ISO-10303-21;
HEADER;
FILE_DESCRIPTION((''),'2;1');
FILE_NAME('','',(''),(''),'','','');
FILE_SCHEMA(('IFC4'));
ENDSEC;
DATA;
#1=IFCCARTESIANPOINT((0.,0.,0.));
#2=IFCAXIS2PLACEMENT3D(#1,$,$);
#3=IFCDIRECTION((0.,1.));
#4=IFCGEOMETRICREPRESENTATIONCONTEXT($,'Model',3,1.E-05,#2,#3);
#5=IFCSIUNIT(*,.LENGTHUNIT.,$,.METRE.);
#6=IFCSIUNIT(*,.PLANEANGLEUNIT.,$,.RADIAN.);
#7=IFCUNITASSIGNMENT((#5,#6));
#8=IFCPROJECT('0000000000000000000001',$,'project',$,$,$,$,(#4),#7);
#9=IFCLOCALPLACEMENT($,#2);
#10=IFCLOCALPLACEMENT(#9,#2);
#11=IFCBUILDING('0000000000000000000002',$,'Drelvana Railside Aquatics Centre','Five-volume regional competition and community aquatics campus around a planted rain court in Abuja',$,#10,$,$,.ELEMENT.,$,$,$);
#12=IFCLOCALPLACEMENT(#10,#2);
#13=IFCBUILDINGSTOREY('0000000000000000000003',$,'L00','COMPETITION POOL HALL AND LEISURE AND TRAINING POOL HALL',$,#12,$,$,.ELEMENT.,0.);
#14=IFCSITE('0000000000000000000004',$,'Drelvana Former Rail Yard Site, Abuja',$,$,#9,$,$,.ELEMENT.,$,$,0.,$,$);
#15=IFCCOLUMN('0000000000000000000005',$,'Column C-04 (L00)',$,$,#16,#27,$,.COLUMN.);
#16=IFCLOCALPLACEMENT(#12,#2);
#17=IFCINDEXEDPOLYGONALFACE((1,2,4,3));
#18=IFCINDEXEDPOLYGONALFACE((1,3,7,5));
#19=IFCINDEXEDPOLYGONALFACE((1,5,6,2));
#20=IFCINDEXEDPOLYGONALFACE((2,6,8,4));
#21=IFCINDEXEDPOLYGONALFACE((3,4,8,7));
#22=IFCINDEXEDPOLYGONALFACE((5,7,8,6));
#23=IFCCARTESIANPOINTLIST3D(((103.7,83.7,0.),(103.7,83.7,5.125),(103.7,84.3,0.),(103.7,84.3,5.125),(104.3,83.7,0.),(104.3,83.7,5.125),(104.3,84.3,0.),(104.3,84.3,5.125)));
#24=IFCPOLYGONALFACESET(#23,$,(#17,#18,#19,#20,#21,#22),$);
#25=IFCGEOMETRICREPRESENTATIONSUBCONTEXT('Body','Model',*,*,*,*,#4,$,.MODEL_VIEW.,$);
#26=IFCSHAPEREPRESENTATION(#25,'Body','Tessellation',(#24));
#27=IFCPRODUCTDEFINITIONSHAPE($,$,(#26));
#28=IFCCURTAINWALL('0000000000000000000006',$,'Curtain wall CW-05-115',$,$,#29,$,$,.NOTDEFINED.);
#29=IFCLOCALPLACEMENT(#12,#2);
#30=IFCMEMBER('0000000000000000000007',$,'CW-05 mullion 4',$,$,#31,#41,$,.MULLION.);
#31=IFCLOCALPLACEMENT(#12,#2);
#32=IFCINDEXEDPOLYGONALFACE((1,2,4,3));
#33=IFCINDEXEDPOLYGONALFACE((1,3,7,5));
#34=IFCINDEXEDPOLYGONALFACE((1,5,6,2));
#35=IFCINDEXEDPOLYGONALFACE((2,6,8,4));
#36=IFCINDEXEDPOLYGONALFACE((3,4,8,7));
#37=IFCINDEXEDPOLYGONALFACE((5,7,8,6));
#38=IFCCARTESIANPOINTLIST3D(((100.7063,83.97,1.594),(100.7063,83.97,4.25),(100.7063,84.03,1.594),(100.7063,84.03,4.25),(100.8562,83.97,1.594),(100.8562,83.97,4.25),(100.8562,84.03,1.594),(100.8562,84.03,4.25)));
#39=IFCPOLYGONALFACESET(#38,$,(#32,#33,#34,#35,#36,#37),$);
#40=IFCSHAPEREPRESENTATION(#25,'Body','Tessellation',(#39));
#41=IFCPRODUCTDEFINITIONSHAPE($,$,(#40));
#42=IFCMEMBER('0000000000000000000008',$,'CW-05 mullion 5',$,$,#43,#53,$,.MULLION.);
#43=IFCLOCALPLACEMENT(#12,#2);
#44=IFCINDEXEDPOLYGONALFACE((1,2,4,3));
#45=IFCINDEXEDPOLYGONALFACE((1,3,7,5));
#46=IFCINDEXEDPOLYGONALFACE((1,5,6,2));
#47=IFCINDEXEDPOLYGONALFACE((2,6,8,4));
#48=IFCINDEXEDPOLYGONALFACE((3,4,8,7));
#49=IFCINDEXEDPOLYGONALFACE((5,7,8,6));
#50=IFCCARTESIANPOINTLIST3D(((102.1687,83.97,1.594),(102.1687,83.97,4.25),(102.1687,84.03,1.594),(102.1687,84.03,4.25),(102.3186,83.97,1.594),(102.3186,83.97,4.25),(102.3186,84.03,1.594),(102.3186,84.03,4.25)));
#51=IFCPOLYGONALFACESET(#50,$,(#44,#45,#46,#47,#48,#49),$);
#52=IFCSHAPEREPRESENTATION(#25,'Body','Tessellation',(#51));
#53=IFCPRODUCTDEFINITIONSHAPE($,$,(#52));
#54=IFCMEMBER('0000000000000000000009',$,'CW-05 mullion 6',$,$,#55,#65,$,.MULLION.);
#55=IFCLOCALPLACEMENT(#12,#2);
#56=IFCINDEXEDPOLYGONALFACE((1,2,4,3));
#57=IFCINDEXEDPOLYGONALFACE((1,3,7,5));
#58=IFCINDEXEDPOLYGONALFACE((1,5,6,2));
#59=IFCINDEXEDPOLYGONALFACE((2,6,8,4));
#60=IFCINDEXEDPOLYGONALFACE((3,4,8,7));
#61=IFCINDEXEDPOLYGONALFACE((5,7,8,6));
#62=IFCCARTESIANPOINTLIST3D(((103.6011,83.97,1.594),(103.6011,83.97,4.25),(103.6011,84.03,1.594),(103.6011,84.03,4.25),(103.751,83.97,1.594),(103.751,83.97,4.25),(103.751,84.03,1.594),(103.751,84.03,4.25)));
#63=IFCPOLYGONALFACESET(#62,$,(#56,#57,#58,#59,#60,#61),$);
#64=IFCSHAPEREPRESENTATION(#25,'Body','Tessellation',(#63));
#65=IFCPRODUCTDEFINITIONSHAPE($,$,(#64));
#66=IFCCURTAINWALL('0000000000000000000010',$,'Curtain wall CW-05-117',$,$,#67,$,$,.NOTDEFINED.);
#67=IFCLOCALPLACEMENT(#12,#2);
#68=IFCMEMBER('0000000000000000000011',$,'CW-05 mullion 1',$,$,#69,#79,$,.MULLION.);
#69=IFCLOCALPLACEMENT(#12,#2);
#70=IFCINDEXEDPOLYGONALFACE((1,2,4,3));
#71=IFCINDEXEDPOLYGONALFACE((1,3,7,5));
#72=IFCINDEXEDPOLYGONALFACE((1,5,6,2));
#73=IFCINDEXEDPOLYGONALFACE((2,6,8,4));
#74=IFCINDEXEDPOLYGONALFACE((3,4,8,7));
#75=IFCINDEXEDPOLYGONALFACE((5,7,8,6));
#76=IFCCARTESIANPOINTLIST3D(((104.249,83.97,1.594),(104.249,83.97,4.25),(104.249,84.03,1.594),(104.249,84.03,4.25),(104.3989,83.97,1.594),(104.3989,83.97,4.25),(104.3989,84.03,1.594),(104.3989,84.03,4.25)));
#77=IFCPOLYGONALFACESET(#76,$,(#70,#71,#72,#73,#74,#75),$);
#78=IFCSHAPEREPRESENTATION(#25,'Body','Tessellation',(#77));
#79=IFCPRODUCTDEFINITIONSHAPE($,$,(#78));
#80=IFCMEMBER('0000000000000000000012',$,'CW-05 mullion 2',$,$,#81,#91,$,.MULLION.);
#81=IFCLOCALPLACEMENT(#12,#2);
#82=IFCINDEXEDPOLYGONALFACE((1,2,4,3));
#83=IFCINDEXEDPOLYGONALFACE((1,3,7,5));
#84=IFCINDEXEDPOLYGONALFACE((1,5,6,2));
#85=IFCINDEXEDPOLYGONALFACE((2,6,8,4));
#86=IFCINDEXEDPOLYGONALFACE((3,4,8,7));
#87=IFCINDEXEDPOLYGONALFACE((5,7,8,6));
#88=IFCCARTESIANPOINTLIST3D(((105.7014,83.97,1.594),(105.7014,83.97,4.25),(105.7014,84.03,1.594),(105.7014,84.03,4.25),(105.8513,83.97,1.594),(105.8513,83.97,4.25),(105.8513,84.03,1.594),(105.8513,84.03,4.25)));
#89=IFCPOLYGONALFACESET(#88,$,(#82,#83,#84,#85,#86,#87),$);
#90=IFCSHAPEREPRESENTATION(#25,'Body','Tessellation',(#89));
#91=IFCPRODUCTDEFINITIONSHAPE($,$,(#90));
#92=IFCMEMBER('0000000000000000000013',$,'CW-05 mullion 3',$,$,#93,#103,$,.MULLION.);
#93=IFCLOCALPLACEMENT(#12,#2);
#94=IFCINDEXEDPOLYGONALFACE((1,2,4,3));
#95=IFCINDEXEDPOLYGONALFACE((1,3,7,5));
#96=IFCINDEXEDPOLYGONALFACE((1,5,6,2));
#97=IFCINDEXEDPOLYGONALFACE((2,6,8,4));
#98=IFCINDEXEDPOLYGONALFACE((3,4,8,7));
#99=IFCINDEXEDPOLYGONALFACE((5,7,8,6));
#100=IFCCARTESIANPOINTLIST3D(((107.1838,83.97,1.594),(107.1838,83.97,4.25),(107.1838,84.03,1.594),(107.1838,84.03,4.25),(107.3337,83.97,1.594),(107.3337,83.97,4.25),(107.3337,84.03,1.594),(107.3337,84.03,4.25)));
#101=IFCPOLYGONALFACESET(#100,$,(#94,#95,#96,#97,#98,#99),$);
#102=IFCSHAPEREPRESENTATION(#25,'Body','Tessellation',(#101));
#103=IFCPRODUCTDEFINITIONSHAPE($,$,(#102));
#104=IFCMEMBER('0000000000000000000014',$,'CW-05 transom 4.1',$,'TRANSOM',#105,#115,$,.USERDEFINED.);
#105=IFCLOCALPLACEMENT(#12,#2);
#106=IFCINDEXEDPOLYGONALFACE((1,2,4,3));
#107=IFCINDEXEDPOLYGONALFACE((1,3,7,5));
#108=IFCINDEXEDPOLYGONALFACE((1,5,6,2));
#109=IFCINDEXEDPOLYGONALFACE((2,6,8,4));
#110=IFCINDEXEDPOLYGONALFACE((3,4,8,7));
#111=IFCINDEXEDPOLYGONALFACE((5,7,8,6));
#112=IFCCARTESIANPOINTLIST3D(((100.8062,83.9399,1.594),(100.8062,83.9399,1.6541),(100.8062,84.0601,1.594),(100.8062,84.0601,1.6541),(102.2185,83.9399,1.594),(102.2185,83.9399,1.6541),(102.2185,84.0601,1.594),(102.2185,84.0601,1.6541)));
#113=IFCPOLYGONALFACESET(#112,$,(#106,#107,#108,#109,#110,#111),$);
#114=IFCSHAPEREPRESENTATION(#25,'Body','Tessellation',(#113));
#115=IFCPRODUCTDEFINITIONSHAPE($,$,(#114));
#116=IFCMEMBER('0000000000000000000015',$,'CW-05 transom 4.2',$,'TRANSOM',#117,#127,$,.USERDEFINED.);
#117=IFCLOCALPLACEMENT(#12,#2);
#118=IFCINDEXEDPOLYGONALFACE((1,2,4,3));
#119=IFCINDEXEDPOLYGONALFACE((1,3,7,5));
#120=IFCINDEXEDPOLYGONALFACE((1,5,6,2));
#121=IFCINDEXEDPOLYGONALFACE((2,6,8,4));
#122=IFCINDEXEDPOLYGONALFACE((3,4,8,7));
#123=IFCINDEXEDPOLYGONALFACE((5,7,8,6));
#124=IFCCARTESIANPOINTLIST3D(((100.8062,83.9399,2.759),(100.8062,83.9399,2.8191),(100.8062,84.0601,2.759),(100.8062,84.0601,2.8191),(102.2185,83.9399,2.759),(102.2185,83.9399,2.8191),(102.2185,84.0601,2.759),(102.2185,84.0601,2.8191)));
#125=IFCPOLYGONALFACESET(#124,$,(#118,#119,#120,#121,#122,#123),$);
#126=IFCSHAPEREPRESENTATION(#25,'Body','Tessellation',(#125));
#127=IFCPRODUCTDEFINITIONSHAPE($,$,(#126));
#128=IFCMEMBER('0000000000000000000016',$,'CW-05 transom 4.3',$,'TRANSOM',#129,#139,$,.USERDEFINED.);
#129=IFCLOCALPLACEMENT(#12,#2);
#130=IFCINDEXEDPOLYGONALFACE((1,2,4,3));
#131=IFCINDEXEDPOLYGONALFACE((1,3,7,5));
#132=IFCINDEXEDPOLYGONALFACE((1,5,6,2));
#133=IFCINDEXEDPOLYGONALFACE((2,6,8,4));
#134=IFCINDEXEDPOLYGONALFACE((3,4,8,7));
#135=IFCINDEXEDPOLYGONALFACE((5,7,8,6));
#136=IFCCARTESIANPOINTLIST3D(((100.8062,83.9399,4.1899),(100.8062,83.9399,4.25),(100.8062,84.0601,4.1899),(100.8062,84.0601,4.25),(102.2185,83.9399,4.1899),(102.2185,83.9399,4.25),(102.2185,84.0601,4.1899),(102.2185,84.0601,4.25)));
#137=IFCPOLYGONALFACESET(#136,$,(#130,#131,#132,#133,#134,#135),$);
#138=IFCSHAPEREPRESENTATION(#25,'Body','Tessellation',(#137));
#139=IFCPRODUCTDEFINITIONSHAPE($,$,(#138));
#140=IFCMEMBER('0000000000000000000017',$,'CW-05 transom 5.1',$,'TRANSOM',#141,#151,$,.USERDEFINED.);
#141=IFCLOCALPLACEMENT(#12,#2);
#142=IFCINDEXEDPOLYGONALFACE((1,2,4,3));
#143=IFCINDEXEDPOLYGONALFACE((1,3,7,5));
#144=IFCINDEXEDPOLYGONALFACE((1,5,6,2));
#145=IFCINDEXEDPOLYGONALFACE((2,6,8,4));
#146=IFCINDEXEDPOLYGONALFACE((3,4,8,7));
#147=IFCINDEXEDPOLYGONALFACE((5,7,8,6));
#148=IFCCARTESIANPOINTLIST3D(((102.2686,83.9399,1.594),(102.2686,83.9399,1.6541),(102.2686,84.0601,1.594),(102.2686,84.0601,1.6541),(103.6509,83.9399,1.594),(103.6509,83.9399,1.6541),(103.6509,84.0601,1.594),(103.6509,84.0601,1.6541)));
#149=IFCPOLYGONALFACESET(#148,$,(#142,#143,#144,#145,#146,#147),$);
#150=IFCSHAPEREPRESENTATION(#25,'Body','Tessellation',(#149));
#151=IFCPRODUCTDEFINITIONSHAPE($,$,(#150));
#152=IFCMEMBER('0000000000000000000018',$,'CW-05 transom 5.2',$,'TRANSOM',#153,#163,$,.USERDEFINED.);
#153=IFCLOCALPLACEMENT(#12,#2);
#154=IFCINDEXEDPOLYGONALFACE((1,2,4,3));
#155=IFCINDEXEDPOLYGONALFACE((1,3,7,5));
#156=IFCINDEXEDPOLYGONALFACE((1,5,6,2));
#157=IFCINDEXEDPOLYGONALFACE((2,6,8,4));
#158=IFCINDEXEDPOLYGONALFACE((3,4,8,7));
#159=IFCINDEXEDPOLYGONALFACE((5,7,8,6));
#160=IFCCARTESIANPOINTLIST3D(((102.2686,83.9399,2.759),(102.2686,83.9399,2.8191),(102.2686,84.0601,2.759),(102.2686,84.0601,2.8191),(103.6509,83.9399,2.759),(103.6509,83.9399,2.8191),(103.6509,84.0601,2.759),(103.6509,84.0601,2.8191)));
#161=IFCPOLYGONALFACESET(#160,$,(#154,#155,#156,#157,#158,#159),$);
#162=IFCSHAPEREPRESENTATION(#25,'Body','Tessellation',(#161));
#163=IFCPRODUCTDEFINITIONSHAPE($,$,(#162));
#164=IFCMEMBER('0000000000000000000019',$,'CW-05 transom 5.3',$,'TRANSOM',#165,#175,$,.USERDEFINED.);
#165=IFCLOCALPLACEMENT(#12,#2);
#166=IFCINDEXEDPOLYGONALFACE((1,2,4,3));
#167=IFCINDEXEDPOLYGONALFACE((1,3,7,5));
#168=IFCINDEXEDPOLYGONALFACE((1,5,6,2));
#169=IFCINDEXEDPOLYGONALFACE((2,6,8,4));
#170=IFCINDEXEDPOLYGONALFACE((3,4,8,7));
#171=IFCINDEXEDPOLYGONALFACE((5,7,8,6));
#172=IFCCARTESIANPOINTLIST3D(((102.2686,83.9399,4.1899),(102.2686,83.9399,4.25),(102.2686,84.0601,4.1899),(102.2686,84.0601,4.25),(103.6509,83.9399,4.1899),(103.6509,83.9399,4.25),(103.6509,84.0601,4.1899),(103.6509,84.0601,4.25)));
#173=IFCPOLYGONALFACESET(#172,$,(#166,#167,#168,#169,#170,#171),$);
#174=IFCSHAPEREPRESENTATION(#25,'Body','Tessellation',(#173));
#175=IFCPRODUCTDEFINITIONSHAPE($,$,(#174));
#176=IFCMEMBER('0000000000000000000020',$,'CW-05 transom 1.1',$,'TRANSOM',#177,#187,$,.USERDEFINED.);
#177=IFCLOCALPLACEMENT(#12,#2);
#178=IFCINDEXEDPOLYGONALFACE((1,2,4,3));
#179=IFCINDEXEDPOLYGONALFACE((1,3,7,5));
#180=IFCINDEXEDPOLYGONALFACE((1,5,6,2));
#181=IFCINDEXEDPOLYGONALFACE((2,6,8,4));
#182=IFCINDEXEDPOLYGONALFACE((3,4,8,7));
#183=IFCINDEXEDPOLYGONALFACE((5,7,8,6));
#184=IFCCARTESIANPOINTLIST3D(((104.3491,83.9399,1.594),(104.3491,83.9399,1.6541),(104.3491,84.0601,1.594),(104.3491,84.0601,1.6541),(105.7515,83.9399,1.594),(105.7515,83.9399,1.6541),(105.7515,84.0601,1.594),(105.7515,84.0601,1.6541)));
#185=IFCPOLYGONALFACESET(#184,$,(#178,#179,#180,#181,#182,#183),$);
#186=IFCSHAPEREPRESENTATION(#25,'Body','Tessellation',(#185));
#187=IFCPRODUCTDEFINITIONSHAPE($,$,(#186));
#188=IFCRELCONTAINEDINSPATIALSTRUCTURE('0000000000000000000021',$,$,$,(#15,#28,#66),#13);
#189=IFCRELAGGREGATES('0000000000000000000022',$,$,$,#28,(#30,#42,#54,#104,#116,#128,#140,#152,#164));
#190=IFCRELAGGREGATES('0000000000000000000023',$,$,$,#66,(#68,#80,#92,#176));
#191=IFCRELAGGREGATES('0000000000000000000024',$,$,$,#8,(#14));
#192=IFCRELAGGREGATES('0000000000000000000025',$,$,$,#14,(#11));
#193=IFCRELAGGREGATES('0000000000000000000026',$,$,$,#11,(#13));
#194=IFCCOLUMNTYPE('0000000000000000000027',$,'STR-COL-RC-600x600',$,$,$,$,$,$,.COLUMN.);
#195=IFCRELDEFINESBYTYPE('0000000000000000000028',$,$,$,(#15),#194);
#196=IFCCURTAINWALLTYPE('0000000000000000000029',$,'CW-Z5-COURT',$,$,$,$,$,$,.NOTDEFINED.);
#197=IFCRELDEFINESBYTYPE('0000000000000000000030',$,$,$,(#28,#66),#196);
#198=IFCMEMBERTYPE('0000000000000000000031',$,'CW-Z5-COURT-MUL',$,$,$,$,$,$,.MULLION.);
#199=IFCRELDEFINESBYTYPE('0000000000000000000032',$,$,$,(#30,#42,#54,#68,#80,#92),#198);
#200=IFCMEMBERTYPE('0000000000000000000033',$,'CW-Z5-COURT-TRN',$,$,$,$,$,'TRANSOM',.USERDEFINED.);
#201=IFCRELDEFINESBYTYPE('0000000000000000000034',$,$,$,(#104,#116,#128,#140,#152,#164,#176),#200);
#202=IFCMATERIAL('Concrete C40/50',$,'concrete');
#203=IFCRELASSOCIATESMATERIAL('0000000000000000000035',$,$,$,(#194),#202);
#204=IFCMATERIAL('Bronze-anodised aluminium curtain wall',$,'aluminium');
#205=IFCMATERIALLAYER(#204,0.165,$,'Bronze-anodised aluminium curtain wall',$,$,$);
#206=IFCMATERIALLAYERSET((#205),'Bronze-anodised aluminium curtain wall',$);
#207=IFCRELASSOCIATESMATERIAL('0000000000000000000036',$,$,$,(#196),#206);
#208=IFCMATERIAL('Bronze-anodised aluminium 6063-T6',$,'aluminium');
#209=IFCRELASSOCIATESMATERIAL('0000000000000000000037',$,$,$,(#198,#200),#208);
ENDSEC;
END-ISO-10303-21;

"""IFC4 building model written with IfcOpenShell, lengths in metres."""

from ifc_helpers import new_model, si_unit, direction, frame, origin, origin_2d, place, context, subcontext, project, spatial, rectangle, extrude, material, layer, layer_set, material_profile, profile_set, type_object, element, aggregate, save


model = new_model("IFC4")

# Units and contexts
model_context = context("Model", 3, precision=1e-05, world=origin(), true_north=direction((0.0, 1.0)))
body_context = subcontext(model_context, "Body", "Model", "MODEL_VIEW")
ifc_project = project(units=[si_unit("LENGTHUNIT", "METRE"), si_unit("PLANEANGLEUNIT", "RADIAN")], contexts=[model_context])

# Site, building, storey
site_placement = place(None, origin())
site = spatial("IfcSite", under=ifc_project, at=site_placement, Name="Drelvana Former Rail Yard Site, Abuja", CompositionType="ELEMENT", RefElevation=0.0)
building_placement = place(site_placement, origin())
building = spatial("IfcBuilding", under=site, at=building_placement, Name="Drelvana Railside Aquatics Centre", Description="Five-volume regional competition and community aquatics campus around a planted rain court in Abuja", CompositionType="ELEMENT")
storey_placement = place(building_placement, origin())
storey = spatial("IfcBuildingStorey", under=building, at=storey_placement, Name="L00", Description="COMPETITION POOL HALL AND LEISURE AND TRAINING POOL HALL", CompositionType="ELEMENT", Elevation=0.0)

# Column
ifc_material_1 = material(Name="Concrete C40/50", Category="concrete")
ifc_material_profile_1 = material_profile(ifc_material_1, rectangle(XDim=0.6001, YDim=0.6001, at=origin_2d()), Name="RC 600x600")
ifc_profile_set_1 = profile_set([ifc_material_profile_1], Name="Concrete C40/50")
column_type = type_object("IfcColumnType", Name="STR-COL-RC-600x600", PredefinedType="COLUMN", material=ifc_profile_set_1)
column_placement = place(storey_placement, frame((104.0, 84.0, 0.0), z_axis=(0.0, 0.0, 1.0), x_axis=(1.0, 0.0, 0.0)))
element("IfcColumn", 1, at=column_placement, inside=storey, type_object=column_type, Name="Column C-04 (L00)", PredefinedType="COLUMN", context=body_context, shape_type="SweptSolid", body=[
    extrude(rectangle(XDim=0.6001, YDim=0.6001, at=origin_2d()), origin(), (0.0, 0.0, 1.0), 5.125),
])

# Curtain walls, members
ifc_material_2 = material(Name="Bronze-anodised aluminium curtain wall", Category="aluminium")
ifc_layer_1 = layer(ifc_material_2, 0.165, Name="Bronze-anodised aluminium curtain wall")
ifc_layer_set_1 = layer_set([ifc_layer_1], Name="Bronze-anodised aluminium curtain wall")
curtain_wall_type = type_object("IfcCurtainWallType", Name="CW-Z5-COURT", PredefinedType="NOTDEFINED", material=ifc_layer_set_1)
curtain_wall_1_placement = place(storey_placement, origin())
curtain_wall_1 = element("IfcCurtainWall", 2, at=curtain_wall_1_placement, inside=storey, type_object=curtain_wall_type, Name="Curtain wall CW-05-115", PredefinedType="NOTDEFINED")
ifc_material_3 = material(Name="Bronze-anodised aluminium 6063-T6", Category="aluminium")
ifc_material_profile_2 = material_profile(ifc_material_3, rectangle(XDim=0.0601, YDim=0.1499, at=origin_2d()), Name="ALU-M 60x150")
ifc_profile_set_2 = profile_set([ifc_material_profile_2], Name="Bronze-anodised aluminium 6063-T6")
member_type_1 = type_object("IfcMemberType", Name="CW-Z5-COURT-MUL", PredefinedType="MULLION", material=ifc_profile_set_2)
member_1_placement = place(storey_placement, frame((100.7812, 84.0, 1.594), z_axis=(0.0, 0.0, 1.0), x_axis=(0.0, 1.0, 0.0)))
member_1 = element("IfcMember", 3, at=member_1_placement, type_object=member_type_1, Name="CW-05 mullion 4", PredefinedType="MULLION", context=body_context, shape_type="SweptSolid", body=[
    extrude(rectangle(XDim=0.0601, YDim=0.1499, at=origin_2d()), origin(), (0.0, 0.0, 1.0), 2.656),
])
member_2_placement = place(storey_placement, frame((102.2437, 84.0, 1.594), z_axis=(0.0, 0.0, 1.0), x_axis=(0.0, 1.0, 0.0)))
member_2 = element("IfcMember", 4, at=member_2_placement, type_object=member_type_1, Name="CW-05 mullion 5", PredefinedType="MULLION", context=body_context, shape_type="SweptSolid", body=[
    extrude(rectangle(XDim=0.0601, YDim=0.1499, at=origin_2d()), origin(), (0.0, 0.0, 1.0), 2.656),
])
member_3_placement = place(storey_placement, frame((103.676, 84.0, 1.594), z_axis=(0.0, 0.0, 1.0), x_axis=(0.0, 1.0, 0.0)))
member_3 = element("IfcMember", 5, at=member_3_placement, type_object=member_type_1, Name="CW-05 mullion 6", PredefinedType="MULLION", context=body_context, shape_type="SweptSolid", body=[
    extrude(rectangle(XDim=0.0601, YDim=0.1499, at=origin_2d()), origin(), (0.0, 0.0, 1.0), 2.656),
])
curtain_wall_2_placement = place(storey_placement, origin())
curtain_wall_2 = element("IfcCurtainWall", 6, at=curtain_wall_2_placement, inside=storey, type_object=curtain_wall_type, Name="Curtain wall CW-05-117", PredefinedType="NOTDEFINED")
member_4_placement = place(storey_placement, frame((104.324, 84.0, 1.594), z_axis=(0.0, 0.0, 1.0), x_axis=(0.0, 1.0, 0.0)))
member_4 = element("IfcMember", 7, at=member_4_placement, type_object=member_type_1, Name="CW-05 mullion 1", PredefinedType="MULLION", context=body_context, shape_type="SweptSolid", body=[
    extrude(rectangle(XDim=0.0601, YDim=0.1499, at=origin_2d()), origin(), (0.0, 0.0, 1.0), 2.656),
])
member_5_placement = place(storey_placement, frame((105.7764, 84.0, 1.594), z_axis=(0.0, 0.0, 1.0), x_axis=(0.0, 1.0, 0.0)))
member_5 = element("IfcMember", 8, at=member_5_placement, type_object=member_type_1, Name="CW-05 mullion 2", PredefinedType="MULLION", context=body_context, shape_type="SweptSolid", body=[
    extrude(rectangle(XDim=0.0601, YDim=0.1499, at=origin_2d()), origin(), (0.0, 0.0, 1.0), 2.656),
])
member_6_placement = place(storey_placement, frame((107.2588, 84.0, 1.594), z_axis=(0.0, 0.0, 1.0), x_axis=(0.0, 1.0, 0.0)))
member_6 = element("IfcMember", 9, at=member_6_placement, type_object=member_type_1, Name="CW-05 mullion 3", PredefinedType="MULLION", context=body_context, shape_type="SweptSolid", body=[
    extrude(rectangle(XDim=0.0601, YDim=0.1499, at=origin_2d()), origin(), (0.0, 0.0, 1.0), 2.656),
])

# Members
ifc_material_profile_3 = material_profile(ifc_material_3, rectangle(XDim=0.1201, YDim=0.0601, at=origin_2d()), Name="ALU-T 60x120")
ifc_profile_set_3 = profile_set([ifc_material_profile_3], Name="Bronze-anodised aluminium 6063-T6")
member_type_2 = type_object("IfcMemberType", Name="CW-Z5-COURT-TRN", ElementType="TRANSOM", PredefinedType="USERDEFINED", material=ifc_profile_set_3)
member_7_placement = place(storey_placement, frame((100.8062, 84.0, 1.624), z_axis=(1.0, 0.0, 0.0), x_axis=(0.0, 1.0, 0.0)))
member_7 = element("IfcMember", 10, at=member_7_placement, type_object=member_type_2, Name="CW-05 transom 4.1", ObjectType="TRANSOM", PredefinedType="USERDEFINED", context=body_context, shape_type="SweptSolid", body=[
    extrude(rectangle(XDim=0.1201, YDim=0.0601, at=origin_2d()), origin(), (0.0, 0.0, 1.0), 1.4124),
])
member_8_placement = place(storey_placement, frame((100.8062, 84.0, 2.7891), z_axis=(1.0, 0.0, 0.0), x_axis=(0.0, 1.0, 0.0)))
member_8 = element("IfcMember", 11, at=member_8_placement, type_object=member_type_2, Name="CW-05 transom 4.2", ObjectType="TRANSOM", PredefinedType="USERDEFINED", context=body_context, shape_type="SweptSolid", body=[
    extrude(rectangle(XDim=0.1201, YDim=0.0601, at=origin_2d()), origin(), (0.0, 0.0, 1.0), 1.4124),
])
member_9_placement = place(storey_placement, frame((100.8062, 84.0, 4.22), z_axis=(1.0, 0.0, 0.0), x_axis=(0.0, 1.0, 0.0)))
member_9 = element("IfcMember", 12, at=member_9_placement, type_object=member_type_2, Name="CW-05 transom 4.3", ObjectType="TRANSOM", PredefinedType="USERDEFINED", context=body_context, shape_type="SweptSolid", body=[
    extrude(rectangle(XDim=0.1201, YDim=0.0601, at=origin_2d()), origin(), (0.0, 0.0, 1.0), 1.4124),
])
member_10_placement = place(storey_placement, frame((102.2686, 84.0, 1.624), z_axis=(1.0, 0.0, 0.0), x_axis=(0.0, 1.0, 0.0)))
member_10 = element("IfcMember", 13, at=member_10_placement, type_object=member_type_2, Name="CW-05 transom 5.1", ObjectType="TRANSOM", PredefinedType="USERDEFINED", context=body_context, shape_type="SweptSolid", body=[
    extrude(rectangle(XDim=0.1201, YDim=0.0601, at=origin_2d()), origin(), (0.0, 0.0, 1.0), 1.3823),
])
member_11_placement = place(storey_placement, frame((102.2686, 84.0, 2.7891), z_axis=(1.0, 0.0, 0.0), x_axis=(0.0, 1.0, 0.0)))
member_11 = element("IfcMember", 14, at=member_11_placement, type_object=member_type_2, Name="CW-05 transom 5.2", ObjectType="TRANSOM", PredefinedType="USERDEFINED", context=body_context, shape_type="SweptSolid", body=[
    extrude(rectangle(XDim=0.1201, YDim=0.0601, at=origin_2d()), origin(), (0.0, 0.0, 1.0), 1.3823),
])
member_12_placement = place(storey_placement, frame((102.2686, 84.0, 4.22), z_axis=(1.0, 0.0, 0.0), x_axis=(0.0, 1.0, 0.0)))
member_12 = element("IfcMember", 15, at=member_12_placement, type_object=member_type_2, Name="CW-05 transom 5.3", ObjectType="TRANSOM", PredefinedType="USERDEFINED", context=body_context, shape_type="SweptSolid", body=[
    extrude(rectangle(XDim=0.1201, YDim=0.0601, at=origin_2d()), origin(), (0.0, 0.0, 1.0), 1.3823),
])
member_13_placement = place(storey_placement, frame((104.3491, 84.0, 1.624), z_axis=(1.0, 0.0, 0.0), x_axis=(0.0, 1.0, 0.0)))
member_13 = element("IfcMember", 16, at=member_13_placement, type_object=member_type_2, Name="CW-05 transom 1.1", ObjectType="TRANSOM", PredefinedType="USERDEFINED", context=body_context, shape_type="SweptSolid", body=[
    extrude(rectangle(XDim=0.1201, YDim=0.0601, at=origin_2d()), origin(), (0.0, 0.0, 1.0), 1.4023),
])

aggregate(curtain_wall_1, [member_1, member_2, member_3, member_7, member_8, member_9, member_10, member_11, member_12])
aggregate(curtain_wall_2, [member_4, member_5, member_6, member_13])

save(model, "model.ifc")
